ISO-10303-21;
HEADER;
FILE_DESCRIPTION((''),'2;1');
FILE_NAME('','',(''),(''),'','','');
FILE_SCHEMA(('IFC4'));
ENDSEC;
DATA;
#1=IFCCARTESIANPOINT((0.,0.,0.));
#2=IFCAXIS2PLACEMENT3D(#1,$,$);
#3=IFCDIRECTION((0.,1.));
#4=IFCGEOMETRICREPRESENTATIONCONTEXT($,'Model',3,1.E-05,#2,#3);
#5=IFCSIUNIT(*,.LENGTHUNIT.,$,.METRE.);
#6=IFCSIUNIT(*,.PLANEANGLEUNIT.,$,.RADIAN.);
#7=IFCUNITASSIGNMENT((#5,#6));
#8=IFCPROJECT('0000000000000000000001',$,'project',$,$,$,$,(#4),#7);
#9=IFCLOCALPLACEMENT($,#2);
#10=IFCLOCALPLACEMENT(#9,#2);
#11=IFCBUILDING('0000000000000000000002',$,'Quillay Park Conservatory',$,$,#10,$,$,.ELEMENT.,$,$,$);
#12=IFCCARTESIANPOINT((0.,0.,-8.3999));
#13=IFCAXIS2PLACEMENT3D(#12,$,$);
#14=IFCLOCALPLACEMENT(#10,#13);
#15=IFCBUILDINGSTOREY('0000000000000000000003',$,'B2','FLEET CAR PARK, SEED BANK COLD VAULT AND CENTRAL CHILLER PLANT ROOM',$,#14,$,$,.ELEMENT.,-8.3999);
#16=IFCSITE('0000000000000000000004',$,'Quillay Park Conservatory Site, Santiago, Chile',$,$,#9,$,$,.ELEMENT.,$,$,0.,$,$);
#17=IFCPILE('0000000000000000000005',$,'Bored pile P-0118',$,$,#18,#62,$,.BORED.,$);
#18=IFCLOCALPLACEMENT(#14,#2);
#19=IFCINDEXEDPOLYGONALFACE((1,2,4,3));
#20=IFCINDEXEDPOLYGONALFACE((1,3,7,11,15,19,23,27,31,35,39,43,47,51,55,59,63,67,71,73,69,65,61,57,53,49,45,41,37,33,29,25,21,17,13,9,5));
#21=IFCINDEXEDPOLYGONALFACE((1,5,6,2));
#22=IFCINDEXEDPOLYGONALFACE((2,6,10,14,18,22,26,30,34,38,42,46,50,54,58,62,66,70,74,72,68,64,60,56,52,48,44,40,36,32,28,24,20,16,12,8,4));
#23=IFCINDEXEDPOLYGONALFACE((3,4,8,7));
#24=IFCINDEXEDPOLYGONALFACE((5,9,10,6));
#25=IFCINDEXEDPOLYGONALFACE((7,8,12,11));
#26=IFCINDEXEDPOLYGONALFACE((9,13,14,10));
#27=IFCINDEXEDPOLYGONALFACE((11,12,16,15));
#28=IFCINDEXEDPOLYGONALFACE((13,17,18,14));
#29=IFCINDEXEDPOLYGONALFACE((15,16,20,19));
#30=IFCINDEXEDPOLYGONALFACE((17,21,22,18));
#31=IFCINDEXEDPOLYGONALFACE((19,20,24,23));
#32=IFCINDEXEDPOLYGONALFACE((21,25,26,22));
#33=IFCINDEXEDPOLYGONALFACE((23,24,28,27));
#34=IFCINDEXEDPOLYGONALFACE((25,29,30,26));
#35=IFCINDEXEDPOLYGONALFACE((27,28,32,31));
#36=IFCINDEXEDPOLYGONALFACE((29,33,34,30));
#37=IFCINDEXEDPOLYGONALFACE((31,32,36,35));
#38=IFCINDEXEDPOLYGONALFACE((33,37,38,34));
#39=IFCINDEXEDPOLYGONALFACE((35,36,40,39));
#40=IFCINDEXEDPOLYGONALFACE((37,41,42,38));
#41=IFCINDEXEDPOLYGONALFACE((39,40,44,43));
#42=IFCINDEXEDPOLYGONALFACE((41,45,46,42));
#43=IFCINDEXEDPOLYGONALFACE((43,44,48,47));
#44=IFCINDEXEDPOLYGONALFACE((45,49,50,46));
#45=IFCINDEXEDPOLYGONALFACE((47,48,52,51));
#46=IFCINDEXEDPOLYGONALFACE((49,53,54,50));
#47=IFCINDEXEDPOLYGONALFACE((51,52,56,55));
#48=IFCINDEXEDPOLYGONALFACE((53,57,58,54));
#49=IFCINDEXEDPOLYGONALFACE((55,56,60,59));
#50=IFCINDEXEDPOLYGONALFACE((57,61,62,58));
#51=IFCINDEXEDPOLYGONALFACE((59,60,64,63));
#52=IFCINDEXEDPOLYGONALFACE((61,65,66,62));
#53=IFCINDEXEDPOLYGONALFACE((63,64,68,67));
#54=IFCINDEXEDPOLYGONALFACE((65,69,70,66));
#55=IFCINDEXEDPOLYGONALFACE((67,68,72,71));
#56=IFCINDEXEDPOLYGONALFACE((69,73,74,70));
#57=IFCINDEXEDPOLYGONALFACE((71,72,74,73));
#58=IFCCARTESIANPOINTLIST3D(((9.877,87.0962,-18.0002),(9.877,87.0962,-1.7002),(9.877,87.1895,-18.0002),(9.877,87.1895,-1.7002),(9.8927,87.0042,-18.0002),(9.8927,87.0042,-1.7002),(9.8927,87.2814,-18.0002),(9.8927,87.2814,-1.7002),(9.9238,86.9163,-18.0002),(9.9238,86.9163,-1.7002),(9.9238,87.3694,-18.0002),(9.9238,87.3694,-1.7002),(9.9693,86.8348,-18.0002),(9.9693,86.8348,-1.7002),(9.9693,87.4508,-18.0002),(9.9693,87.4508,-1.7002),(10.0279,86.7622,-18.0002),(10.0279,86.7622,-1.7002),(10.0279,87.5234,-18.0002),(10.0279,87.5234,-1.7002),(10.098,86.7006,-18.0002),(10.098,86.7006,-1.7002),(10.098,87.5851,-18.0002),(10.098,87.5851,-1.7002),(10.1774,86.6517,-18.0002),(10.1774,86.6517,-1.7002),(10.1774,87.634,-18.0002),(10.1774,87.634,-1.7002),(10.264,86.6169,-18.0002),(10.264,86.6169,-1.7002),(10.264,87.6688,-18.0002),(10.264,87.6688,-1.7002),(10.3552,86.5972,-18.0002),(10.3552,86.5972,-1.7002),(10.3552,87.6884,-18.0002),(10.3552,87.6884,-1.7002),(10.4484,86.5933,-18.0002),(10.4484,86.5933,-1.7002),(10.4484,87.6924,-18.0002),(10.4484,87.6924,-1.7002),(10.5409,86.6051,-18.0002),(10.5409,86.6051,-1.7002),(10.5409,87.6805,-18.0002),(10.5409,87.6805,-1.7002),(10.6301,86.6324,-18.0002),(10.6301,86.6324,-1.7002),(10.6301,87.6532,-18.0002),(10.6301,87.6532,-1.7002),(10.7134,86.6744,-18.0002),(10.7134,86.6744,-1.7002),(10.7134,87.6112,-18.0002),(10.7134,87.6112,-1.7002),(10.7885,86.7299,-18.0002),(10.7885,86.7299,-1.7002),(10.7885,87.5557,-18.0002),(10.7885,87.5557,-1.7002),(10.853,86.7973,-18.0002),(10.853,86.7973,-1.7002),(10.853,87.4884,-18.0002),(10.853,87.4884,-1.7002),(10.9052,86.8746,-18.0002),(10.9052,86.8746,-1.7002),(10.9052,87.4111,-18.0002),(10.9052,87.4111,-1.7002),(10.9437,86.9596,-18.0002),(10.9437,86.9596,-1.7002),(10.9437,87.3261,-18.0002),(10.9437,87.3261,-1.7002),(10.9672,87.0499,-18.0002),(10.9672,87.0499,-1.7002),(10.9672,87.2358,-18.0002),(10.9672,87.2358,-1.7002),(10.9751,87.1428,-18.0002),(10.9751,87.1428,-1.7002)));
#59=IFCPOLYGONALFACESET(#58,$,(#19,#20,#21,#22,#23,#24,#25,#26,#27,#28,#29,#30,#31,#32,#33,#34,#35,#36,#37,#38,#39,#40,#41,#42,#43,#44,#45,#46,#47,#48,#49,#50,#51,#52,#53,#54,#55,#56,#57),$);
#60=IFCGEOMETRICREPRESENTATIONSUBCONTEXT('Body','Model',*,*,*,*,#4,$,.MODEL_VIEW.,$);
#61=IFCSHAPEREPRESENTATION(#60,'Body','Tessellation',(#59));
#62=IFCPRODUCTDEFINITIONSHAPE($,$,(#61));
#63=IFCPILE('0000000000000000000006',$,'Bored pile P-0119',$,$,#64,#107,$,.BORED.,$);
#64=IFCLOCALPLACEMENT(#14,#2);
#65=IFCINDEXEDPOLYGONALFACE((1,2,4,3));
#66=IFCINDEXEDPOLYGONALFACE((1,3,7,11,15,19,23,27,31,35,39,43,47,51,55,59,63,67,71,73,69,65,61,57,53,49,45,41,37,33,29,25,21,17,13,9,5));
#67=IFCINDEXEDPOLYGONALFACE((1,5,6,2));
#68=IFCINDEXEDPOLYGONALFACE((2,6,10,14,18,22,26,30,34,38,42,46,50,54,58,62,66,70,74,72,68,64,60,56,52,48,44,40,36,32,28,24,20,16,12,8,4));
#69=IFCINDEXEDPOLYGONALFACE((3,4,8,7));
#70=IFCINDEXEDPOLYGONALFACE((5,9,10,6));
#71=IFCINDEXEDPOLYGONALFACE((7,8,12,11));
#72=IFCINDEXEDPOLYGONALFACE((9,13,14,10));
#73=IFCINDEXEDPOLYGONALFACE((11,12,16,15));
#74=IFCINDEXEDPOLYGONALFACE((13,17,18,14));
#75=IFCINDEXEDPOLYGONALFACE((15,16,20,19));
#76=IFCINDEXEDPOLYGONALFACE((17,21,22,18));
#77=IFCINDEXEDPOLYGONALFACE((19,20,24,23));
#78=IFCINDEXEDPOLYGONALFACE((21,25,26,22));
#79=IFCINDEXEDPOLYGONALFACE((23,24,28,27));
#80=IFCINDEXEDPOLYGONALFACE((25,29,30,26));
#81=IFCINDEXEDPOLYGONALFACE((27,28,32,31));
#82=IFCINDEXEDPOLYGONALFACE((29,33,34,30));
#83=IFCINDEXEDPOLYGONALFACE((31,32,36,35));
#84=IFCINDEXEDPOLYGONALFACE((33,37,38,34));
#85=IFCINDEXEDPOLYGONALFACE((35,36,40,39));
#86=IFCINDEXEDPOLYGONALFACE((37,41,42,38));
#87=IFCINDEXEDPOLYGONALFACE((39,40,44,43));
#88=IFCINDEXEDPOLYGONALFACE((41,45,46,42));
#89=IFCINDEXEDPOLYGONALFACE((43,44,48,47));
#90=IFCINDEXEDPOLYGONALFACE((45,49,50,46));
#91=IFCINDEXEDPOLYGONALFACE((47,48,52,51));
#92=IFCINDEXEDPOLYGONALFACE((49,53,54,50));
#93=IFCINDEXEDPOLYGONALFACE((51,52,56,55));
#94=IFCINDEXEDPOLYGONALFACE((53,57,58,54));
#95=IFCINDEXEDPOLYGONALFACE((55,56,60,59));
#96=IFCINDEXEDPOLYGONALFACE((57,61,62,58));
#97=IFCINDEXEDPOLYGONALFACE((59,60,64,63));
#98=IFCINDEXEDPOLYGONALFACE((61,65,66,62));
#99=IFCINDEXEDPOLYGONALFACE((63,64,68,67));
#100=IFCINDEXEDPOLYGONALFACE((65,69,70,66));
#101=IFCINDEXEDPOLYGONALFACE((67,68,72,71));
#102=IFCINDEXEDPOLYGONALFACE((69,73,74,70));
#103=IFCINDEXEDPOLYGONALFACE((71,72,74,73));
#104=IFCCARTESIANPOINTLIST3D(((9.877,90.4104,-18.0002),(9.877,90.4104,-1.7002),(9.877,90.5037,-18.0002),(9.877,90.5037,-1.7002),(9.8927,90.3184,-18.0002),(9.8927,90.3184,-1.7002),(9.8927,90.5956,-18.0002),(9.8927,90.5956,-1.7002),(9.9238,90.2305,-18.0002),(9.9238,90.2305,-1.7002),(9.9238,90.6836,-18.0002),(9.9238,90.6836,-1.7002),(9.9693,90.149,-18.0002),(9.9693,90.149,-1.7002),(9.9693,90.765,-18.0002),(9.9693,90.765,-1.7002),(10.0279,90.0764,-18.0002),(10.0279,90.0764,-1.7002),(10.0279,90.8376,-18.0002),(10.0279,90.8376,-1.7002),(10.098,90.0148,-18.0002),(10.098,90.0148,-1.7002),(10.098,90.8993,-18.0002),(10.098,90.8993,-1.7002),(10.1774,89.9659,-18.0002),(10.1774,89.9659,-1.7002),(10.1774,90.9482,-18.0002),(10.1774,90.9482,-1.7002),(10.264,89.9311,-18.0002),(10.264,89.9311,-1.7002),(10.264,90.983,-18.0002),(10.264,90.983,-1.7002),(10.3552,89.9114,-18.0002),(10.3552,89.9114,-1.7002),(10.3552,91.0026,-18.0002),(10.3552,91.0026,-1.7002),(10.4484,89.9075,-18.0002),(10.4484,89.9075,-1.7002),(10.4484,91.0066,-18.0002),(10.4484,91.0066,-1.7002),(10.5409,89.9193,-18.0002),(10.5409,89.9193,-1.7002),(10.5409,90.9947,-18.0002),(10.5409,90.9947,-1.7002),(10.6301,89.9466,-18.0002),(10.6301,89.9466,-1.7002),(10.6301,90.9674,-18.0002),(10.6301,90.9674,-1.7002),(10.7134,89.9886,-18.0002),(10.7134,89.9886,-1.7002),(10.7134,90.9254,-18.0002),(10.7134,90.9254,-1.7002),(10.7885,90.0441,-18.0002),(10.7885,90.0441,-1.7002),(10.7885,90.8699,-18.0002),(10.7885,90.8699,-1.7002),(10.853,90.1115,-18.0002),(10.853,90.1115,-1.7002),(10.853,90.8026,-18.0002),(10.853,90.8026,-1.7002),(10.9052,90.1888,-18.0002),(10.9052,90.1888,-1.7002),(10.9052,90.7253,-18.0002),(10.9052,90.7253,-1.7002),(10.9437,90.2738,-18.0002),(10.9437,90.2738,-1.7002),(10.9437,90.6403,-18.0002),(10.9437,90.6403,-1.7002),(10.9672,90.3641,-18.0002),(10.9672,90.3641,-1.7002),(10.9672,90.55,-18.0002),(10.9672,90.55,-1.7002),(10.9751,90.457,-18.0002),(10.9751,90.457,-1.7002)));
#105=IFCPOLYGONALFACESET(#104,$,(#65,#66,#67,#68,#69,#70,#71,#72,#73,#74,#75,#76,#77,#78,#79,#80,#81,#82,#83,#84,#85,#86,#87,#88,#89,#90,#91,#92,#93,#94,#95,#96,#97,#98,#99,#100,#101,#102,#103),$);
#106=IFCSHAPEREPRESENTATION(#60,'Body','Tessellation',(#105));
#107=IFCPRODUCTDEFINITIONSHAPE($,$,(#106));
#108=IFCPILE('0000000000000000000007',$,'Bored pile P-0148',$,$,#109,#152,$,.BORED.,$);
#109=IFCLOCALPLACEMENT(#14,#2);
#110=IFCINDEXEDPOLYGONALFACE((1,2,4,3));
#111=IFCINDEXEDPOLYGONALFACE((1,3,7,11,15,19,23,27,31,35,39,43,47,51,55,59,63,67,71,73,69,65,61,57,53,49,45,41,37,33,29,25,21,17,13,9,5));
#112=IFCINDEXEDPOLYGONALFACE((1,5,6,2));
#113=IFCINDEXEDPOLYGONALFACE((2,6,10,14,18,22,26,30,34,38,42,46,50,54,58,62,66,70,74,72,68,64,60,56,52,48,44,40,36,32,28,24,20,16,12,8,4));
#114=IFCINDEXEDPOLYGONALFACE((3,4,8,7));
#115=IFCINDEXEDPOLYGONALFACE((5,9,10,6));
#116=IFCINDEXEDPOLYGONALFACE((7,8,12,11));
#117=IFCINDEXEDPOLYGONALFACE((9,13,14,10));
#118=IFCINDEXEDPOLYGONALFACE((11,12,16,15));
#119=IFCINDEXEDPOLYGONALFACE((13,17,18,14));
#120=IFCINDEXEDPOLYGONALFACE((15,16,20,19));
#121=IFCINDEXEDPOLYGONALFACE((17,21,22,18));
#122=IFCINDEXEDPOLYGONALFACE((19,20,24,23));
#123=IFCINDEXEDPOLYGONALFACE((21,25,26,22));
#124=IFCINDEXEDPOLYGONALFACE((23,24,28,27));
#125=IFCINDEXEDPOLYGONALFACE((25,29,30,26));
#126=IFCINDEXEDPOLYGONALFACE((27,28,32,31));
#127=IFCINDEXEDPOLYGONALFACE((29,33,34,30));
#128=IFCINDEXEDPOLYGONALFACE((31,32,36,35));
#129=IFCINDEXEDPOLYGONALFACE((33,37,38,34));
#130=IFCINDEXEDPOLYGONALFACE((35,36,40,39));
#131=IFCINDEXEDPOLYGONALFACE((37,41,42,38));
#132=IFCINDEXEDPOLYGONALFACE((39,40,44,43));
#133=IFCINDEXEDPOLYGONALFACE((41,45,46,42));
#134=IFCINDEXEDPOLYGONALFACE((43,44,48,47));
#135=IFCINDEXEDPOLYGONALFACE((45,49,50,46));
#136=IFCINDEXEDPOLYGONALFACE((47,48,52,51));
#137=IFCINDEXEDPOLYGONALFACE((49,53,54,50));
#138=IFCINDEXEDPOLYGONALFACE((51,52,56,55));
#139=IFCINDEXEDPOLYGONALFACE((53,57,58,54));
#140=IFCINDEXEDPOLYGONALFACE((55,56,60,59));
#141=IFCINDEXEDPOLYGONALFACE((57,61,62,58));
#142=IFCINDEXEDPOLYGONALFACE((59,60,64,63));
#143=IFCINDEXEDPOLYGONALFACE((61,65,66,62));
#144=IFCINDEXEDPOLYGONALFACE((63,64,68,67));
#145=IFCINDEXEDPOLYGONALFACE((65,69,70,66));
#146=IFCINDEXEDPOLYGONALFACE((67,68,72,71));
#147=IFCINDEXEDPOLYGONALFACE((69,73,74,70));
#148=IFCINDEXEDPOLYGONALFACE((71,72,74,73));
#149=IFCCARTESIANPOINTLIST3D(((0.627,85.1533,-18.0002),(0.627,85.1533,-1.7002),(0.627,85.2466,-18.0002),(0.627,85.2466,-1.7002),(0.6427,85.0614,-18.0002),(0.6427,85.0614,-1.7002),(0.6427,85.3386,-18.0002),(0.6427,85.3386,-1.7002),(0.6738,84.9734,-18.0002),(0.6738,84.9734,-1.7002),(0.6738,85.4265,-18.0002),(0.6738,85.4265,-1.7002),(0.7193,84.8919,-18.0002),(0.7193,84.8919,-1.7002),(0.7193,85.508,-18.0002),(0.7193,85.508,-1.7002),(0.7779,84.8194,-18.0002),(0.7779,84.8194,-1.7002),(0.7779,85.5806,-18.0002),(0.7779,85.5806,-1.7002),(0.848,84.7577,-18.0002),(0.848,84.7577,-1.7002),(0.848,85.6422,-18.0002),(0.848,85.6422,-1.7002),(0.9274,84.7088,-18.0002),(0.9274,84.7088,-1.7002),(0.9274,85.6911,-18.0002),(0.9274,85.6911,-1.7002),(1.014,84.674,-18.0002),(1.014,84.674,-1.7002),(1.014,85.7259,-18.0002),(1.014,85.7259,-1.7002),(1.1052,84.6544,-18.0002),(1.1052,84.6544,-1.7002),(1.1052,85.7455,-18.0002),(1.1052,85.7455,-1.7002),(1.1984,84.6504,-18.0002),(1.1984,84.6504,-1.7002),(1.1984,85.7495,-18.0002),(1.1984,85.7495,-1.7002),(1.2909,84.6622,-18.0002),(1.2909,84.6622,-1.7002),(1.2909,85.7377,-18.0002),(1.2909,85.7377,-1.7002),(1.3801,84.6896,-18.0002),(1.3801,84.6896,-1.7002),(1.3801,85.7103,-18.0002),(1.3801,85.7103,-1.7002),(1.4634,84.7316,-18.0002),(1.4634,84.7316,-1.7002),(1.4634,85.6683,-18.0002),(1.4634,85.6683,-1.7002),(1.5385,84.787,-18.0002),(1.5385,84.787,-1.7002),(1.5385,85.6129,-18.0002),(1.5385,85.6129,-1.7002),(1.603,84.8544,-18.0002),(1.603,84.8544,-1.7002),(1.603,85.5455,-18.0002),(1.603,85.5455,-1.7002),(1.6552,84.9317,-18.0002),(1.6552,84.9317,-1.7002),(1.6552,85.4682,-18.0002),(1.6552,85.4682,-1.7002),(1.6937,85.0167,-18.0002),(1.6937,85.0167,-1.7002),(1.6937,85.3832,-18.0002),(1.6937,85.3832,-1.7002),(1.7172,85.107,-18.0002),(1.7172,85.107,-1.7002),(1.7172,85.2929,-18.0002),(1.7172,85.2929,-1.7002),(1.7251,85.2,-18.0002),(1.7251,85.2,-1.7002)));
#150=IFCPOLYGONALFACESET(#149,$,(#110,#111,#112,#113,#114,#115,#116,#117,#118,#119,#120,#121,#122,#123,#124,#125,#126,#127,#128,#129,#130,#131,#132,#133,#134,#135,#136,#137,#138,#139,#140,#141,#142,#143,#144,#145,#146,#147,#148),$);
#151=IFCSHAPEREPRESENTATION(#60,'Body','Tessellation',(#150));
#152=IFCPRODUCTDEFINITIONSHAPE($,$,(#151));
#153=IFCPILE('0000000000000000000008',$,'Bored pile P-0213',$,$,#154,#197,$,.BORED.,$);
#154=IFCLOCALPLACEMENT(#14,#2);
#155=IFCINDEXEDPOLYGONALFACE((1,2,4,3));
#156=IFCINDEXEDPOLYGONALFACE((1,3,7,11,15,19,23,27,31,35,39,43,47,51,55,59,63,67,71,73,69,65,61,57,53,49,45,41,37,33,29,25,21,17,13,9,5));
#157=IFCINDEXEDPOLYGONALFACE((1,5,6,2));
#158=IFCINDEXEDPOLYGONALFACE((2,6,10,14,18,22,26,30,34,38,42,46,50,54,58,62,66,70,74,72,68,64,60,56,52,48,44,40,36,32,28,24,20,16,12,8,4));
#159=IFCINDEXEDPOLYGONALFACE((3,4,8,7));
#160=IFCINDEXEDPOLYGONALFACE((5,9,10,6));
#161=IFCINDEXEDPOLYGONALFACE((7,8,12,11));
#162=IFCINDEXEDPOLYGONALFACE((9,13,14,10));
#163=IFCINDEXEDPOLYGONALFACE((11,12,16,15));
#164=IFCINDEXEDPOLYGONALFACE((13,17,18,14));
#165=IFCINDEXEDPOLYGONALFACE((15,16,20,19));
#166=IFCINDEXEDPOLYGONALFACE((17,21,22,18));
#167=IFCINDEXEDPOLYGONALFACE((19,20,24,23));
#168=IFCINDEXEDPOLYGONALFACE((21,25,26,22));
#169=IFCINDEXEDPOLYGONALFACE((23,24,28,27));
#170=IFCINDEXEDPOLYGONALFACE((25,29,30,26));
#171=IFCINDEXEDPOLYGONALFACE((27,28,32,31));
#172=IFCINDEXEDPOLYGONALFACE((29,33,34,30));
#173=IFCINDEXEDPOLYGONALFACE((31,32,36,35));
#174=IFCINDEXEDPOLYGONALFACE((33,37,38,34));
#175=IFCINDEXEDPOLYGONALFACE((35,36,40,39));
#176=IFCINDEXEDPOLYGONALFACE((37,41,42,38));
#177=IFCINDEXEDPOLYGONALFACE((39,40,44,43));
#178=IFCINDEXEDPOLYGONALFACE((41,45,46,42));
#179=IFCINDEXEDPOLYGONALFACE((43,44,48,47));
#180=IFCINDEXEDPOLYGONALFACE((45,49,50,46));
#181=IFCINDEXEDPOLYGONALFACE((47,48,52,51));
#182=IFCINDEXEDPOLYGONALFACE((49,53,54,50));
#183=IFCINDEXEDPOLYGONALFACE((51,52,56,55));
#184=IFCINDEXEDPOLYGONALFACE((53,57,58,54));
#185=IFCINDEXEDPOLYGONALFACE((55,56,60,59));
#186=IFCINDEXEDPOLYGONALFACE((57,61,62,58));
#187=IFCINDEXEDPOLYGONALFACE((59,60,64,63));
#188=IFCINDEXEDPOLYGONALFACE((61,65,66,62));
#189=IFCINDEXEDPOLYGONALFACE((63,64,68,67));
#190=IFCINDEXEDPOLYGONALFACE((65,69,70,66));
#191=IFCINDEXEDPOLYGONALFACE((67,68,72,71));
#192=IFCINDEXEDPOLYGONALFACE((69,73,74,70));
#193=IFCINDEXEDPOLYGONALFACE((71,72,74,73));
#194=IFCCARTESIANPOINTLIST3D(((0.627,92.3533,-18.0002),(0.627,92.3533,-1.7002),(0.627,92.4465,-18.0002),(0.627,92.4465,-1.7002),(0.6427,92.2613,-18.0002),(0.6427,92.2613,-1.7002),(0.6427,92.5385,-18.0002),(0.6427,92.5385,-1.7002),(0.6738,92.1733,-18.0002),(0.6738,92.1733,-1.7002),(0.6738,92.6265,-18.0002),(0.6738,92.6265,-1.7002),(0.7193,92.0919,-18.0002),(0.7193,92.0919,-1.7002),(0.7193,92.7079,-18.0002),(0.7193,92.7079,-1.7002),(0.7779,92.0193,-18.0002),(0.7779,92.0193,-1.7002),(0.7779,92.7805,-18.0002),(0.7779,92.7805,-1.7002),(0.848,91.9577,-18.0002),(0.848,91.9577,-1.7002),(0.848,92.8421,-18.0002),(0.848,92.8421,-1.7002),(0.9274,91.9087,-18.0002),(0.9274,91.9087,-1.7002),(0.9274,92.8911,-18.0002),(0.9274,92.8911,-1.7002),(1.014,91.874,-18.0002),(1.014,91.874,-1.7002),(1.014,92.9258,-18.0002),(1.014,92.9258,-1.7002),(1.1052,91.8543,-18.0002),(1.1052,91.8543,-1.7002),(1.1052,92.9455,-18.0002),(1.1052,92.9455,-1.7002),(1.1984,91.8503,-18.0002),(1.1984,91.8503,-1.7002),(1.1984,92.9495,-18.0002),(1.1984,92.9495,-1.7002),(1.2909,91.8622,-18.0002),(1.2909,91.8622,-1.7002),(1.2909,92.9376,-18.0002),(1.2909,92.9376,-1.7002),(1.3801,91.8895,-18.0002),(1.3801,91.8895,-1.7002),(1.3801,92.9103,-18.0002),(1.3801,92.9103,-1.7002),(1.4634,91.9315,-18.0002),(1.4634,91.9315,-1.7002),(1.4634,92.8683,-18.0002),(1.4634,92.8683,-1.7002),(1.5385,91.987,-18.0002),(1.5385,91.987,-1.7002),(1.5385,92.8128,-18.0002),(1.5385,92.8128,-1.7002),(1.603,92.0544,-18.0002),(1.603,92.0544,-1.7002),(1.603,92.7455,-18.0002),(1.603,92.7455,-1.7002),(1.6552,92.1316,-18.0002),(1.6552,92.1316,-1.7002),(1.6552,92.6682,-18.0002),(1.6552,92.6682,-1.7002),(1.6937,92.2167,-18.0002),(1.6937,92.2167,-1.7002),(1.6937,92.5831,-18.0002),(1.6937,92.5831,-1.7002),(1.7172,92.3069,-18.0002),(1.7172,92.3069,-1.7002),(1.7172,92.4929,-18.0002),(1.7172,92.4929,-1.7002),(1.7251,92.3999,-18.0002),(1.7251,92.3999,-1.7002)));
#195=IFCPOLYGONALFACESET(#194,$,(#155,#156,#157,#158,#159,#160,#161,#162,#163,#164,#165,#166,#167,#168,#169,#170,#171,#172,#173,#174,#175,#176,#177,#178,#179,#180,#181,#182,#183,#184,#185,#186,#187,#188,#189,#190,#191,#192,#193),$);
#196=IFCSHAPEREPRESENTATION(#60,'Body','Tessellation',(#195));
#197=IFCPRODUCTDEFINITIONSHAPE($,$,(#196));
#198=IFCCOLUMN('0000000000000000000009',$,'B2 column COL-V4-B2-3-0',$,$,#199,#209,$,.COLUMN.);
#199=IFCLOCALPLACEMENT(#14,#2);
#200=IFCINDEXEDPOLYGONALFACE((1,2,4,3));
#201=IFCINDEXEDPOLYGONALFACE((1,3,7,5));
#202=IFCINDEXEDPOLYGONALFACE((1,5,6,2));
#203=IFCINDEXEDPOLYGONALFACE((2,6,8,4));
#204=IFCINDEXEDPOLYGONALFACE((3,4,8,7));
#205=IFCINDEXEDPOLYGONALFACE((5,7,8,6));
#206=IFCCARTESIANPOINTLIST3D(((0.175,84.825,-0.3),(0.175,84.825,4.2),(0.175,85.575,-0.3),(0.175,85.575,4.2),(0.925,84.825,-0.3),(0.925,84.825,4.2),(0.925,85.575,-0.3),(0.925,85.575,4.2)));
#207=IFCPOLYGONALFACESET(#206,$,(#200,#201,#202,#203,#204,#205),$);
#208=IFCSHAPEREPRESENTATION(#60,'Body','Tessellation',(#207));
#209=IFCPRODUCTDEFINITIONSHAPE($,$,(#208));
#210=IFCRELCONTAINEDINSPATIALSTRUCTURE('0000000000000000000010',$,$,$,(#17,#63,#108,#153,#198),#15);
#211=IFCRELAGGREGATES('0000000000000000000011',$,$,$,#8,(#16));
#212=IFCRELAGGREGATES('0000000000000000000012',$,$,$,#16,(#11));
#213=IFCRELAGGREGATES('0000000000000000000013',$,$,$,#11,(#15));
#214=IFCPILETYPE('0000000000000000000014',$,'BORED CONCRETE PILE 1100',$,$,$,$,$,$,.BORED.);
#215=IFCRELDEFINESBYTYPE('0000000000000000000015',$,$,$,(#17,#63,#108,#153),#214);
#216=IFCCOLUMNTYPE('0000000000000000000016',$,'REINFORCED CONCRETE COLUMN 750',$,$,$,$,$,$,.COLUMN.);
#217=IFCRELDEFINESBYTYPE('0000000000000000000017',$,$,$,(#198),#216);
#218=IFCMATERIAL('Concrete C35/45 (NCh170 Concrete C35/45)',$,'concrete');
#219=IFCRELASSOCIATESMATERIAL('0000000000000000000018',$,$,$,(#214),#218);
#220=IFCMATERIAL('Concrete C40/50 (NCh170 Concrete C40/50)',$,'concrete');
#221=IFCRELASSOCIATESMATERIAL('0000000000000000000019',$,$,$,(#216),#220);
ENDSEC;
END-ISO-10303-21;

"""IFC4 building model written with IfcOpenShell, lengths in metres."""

from ifc_helpers import new_model, si_unit, direction, frame, origin, origin_2d, place, context, subcontext, project, spatial, rectangle, circle, extrude, material, material_profile, profile_set, type_object, element, save


model = new_model("IFC4")

# Units and contexts
model_context = context("Model", 3, precision=1e-05, world=origin(), true_north=direction((0.0, 1.0)))
body_context = subcontext(model_context, "Body", "Model", "MODEL_VIEW")
ifc_project = project(units=[si_unit("LENGTHUNIT", "METRE"), si_unit("PLANEANGLEUNIT", "RADIAN")], contexts=[model_context])

# Site, building, storey
site_placement = place(None, origin())
site = spatial("IfcSite", under=ifc_project, at=site_placement, Name="Quillay Park Conservatory Site, Santiago, Chile", CompositionType="ELEMENT", RefElevation=0.0)
building_placement = place(site_placement, origin())
building = spatial("IfcBuilding", under=site, at=building_placement, Name="Quillay Park Conservatory", CompositionType="ELEMENT")
storey_placement = place(building_placement, frame((0.0, 0.0, -8.3999)))
storey = spatial("IfcBuildingStorey", under=building, at=storey_placement, Name="B2", Description="FLEET CAR PARK, SEED BANK COLD VAULT AND CENTRAL CHILLER PLANT ROOM", CompositionType="ELEMENT", Elevation=-8.3999)

# Piles
ifc_material_1 = material(Name="Concrete C35/45 (NCh170 Concrete C35/45)", Category="concrete")
ifc_material_profile_1 = material_profile(ifc_material_1, circle(Radius=0.55, at=origin_2d()), Name="PILE1100")
ifc_profile_set_1 = profile_set([ifc_material_profile_1], Name="Concrete C35/45 (NCh170 Concrete C35/45)")
pile_type = type_object("IfcPileType", Name="BORED CONCRETE PILE 1100", PredefinedType="BORED", material=ifc_profile_set_1)
for number, where, z_axis, x_axis, name in (
    (1, (10.425, 87.1428, -1.7002), (0.0, 0.0, -1.0), (1.0, 0.0, 0.0), "Bored pile P-0118"),
    (2, (10.425, 90.457, -1.7002), (0.0, 0.0, -1.0), (1.0, 0.0, 0.0), "Bored pile P-0119"),
    (3, (1.175, 85.2, -1.7002), (0.0, 0.0, -1.0), (1.0, 0.0, 0.0), "Bored pile P-0148"),
    (4, (1.175, 92.3999, -1.7002), (0.0, 0.0, -1.0), (1.0, 0.0, 0.0), "Bored pile P-0213"),
):
    element("IfcPile", number, at=place(storey_placement, frame(where, z_axis=z_axis, x_axis=x_axis)), inside=storey, type_object=pile_type, Name=name, PredefinedType="BORED", context=body_context, shape_type="SweptSolid", body=[
        extrude(circle(Radius=0.55, at=origin_2d()), origin(), (0.0, 0.0, 1.0), 16.3),
    ])

# Column
ifc_material_2 = material(Name="Concrete C40/50 (NCh170 Concrete C40/50)", Category="concrete")
ifc_material_profile_2 = material_profile(ifc_material_2, rectangle(XDim=0.75, YDim=0.75, at=origin_2d()), Name="RC750x750")
ifc_profile_set_2 = profile_set([ifc_material_profile_2], Name="Concrete C40/50 (NCh170 Concrete C40/50)")
column_type = type_object("IfcColumnType", Name="REINFORCED CONCRETE COLUMN 750", PredefinedType="COLUMN", material=ifc_profile_set_2)
for number, where, z_axis, x_axis, name in (
    (5, (0.55, 85.2, -0.3), (0.0, 0.0, 1.0), (1.0, 0.0, 0.0), "B2 column COL-V4-B2-3-0"),
):
    element("IfcColumn", number, at=place(storey_placement, frame(where, z_axis=z_axis, x_axis=x_axis)), inside=storey, type_object=column_type, Name=name, PredefinedType="COLUMN", context=body_context, shape_type="SweptSolid", body=[
        extrude(rectangle(XDim=0.75, YDim=0.75, at=origin_2d()), origin(), (0.0, 0.0, 1.0), 4.5),
    ])

save(model, "model.ifc")
